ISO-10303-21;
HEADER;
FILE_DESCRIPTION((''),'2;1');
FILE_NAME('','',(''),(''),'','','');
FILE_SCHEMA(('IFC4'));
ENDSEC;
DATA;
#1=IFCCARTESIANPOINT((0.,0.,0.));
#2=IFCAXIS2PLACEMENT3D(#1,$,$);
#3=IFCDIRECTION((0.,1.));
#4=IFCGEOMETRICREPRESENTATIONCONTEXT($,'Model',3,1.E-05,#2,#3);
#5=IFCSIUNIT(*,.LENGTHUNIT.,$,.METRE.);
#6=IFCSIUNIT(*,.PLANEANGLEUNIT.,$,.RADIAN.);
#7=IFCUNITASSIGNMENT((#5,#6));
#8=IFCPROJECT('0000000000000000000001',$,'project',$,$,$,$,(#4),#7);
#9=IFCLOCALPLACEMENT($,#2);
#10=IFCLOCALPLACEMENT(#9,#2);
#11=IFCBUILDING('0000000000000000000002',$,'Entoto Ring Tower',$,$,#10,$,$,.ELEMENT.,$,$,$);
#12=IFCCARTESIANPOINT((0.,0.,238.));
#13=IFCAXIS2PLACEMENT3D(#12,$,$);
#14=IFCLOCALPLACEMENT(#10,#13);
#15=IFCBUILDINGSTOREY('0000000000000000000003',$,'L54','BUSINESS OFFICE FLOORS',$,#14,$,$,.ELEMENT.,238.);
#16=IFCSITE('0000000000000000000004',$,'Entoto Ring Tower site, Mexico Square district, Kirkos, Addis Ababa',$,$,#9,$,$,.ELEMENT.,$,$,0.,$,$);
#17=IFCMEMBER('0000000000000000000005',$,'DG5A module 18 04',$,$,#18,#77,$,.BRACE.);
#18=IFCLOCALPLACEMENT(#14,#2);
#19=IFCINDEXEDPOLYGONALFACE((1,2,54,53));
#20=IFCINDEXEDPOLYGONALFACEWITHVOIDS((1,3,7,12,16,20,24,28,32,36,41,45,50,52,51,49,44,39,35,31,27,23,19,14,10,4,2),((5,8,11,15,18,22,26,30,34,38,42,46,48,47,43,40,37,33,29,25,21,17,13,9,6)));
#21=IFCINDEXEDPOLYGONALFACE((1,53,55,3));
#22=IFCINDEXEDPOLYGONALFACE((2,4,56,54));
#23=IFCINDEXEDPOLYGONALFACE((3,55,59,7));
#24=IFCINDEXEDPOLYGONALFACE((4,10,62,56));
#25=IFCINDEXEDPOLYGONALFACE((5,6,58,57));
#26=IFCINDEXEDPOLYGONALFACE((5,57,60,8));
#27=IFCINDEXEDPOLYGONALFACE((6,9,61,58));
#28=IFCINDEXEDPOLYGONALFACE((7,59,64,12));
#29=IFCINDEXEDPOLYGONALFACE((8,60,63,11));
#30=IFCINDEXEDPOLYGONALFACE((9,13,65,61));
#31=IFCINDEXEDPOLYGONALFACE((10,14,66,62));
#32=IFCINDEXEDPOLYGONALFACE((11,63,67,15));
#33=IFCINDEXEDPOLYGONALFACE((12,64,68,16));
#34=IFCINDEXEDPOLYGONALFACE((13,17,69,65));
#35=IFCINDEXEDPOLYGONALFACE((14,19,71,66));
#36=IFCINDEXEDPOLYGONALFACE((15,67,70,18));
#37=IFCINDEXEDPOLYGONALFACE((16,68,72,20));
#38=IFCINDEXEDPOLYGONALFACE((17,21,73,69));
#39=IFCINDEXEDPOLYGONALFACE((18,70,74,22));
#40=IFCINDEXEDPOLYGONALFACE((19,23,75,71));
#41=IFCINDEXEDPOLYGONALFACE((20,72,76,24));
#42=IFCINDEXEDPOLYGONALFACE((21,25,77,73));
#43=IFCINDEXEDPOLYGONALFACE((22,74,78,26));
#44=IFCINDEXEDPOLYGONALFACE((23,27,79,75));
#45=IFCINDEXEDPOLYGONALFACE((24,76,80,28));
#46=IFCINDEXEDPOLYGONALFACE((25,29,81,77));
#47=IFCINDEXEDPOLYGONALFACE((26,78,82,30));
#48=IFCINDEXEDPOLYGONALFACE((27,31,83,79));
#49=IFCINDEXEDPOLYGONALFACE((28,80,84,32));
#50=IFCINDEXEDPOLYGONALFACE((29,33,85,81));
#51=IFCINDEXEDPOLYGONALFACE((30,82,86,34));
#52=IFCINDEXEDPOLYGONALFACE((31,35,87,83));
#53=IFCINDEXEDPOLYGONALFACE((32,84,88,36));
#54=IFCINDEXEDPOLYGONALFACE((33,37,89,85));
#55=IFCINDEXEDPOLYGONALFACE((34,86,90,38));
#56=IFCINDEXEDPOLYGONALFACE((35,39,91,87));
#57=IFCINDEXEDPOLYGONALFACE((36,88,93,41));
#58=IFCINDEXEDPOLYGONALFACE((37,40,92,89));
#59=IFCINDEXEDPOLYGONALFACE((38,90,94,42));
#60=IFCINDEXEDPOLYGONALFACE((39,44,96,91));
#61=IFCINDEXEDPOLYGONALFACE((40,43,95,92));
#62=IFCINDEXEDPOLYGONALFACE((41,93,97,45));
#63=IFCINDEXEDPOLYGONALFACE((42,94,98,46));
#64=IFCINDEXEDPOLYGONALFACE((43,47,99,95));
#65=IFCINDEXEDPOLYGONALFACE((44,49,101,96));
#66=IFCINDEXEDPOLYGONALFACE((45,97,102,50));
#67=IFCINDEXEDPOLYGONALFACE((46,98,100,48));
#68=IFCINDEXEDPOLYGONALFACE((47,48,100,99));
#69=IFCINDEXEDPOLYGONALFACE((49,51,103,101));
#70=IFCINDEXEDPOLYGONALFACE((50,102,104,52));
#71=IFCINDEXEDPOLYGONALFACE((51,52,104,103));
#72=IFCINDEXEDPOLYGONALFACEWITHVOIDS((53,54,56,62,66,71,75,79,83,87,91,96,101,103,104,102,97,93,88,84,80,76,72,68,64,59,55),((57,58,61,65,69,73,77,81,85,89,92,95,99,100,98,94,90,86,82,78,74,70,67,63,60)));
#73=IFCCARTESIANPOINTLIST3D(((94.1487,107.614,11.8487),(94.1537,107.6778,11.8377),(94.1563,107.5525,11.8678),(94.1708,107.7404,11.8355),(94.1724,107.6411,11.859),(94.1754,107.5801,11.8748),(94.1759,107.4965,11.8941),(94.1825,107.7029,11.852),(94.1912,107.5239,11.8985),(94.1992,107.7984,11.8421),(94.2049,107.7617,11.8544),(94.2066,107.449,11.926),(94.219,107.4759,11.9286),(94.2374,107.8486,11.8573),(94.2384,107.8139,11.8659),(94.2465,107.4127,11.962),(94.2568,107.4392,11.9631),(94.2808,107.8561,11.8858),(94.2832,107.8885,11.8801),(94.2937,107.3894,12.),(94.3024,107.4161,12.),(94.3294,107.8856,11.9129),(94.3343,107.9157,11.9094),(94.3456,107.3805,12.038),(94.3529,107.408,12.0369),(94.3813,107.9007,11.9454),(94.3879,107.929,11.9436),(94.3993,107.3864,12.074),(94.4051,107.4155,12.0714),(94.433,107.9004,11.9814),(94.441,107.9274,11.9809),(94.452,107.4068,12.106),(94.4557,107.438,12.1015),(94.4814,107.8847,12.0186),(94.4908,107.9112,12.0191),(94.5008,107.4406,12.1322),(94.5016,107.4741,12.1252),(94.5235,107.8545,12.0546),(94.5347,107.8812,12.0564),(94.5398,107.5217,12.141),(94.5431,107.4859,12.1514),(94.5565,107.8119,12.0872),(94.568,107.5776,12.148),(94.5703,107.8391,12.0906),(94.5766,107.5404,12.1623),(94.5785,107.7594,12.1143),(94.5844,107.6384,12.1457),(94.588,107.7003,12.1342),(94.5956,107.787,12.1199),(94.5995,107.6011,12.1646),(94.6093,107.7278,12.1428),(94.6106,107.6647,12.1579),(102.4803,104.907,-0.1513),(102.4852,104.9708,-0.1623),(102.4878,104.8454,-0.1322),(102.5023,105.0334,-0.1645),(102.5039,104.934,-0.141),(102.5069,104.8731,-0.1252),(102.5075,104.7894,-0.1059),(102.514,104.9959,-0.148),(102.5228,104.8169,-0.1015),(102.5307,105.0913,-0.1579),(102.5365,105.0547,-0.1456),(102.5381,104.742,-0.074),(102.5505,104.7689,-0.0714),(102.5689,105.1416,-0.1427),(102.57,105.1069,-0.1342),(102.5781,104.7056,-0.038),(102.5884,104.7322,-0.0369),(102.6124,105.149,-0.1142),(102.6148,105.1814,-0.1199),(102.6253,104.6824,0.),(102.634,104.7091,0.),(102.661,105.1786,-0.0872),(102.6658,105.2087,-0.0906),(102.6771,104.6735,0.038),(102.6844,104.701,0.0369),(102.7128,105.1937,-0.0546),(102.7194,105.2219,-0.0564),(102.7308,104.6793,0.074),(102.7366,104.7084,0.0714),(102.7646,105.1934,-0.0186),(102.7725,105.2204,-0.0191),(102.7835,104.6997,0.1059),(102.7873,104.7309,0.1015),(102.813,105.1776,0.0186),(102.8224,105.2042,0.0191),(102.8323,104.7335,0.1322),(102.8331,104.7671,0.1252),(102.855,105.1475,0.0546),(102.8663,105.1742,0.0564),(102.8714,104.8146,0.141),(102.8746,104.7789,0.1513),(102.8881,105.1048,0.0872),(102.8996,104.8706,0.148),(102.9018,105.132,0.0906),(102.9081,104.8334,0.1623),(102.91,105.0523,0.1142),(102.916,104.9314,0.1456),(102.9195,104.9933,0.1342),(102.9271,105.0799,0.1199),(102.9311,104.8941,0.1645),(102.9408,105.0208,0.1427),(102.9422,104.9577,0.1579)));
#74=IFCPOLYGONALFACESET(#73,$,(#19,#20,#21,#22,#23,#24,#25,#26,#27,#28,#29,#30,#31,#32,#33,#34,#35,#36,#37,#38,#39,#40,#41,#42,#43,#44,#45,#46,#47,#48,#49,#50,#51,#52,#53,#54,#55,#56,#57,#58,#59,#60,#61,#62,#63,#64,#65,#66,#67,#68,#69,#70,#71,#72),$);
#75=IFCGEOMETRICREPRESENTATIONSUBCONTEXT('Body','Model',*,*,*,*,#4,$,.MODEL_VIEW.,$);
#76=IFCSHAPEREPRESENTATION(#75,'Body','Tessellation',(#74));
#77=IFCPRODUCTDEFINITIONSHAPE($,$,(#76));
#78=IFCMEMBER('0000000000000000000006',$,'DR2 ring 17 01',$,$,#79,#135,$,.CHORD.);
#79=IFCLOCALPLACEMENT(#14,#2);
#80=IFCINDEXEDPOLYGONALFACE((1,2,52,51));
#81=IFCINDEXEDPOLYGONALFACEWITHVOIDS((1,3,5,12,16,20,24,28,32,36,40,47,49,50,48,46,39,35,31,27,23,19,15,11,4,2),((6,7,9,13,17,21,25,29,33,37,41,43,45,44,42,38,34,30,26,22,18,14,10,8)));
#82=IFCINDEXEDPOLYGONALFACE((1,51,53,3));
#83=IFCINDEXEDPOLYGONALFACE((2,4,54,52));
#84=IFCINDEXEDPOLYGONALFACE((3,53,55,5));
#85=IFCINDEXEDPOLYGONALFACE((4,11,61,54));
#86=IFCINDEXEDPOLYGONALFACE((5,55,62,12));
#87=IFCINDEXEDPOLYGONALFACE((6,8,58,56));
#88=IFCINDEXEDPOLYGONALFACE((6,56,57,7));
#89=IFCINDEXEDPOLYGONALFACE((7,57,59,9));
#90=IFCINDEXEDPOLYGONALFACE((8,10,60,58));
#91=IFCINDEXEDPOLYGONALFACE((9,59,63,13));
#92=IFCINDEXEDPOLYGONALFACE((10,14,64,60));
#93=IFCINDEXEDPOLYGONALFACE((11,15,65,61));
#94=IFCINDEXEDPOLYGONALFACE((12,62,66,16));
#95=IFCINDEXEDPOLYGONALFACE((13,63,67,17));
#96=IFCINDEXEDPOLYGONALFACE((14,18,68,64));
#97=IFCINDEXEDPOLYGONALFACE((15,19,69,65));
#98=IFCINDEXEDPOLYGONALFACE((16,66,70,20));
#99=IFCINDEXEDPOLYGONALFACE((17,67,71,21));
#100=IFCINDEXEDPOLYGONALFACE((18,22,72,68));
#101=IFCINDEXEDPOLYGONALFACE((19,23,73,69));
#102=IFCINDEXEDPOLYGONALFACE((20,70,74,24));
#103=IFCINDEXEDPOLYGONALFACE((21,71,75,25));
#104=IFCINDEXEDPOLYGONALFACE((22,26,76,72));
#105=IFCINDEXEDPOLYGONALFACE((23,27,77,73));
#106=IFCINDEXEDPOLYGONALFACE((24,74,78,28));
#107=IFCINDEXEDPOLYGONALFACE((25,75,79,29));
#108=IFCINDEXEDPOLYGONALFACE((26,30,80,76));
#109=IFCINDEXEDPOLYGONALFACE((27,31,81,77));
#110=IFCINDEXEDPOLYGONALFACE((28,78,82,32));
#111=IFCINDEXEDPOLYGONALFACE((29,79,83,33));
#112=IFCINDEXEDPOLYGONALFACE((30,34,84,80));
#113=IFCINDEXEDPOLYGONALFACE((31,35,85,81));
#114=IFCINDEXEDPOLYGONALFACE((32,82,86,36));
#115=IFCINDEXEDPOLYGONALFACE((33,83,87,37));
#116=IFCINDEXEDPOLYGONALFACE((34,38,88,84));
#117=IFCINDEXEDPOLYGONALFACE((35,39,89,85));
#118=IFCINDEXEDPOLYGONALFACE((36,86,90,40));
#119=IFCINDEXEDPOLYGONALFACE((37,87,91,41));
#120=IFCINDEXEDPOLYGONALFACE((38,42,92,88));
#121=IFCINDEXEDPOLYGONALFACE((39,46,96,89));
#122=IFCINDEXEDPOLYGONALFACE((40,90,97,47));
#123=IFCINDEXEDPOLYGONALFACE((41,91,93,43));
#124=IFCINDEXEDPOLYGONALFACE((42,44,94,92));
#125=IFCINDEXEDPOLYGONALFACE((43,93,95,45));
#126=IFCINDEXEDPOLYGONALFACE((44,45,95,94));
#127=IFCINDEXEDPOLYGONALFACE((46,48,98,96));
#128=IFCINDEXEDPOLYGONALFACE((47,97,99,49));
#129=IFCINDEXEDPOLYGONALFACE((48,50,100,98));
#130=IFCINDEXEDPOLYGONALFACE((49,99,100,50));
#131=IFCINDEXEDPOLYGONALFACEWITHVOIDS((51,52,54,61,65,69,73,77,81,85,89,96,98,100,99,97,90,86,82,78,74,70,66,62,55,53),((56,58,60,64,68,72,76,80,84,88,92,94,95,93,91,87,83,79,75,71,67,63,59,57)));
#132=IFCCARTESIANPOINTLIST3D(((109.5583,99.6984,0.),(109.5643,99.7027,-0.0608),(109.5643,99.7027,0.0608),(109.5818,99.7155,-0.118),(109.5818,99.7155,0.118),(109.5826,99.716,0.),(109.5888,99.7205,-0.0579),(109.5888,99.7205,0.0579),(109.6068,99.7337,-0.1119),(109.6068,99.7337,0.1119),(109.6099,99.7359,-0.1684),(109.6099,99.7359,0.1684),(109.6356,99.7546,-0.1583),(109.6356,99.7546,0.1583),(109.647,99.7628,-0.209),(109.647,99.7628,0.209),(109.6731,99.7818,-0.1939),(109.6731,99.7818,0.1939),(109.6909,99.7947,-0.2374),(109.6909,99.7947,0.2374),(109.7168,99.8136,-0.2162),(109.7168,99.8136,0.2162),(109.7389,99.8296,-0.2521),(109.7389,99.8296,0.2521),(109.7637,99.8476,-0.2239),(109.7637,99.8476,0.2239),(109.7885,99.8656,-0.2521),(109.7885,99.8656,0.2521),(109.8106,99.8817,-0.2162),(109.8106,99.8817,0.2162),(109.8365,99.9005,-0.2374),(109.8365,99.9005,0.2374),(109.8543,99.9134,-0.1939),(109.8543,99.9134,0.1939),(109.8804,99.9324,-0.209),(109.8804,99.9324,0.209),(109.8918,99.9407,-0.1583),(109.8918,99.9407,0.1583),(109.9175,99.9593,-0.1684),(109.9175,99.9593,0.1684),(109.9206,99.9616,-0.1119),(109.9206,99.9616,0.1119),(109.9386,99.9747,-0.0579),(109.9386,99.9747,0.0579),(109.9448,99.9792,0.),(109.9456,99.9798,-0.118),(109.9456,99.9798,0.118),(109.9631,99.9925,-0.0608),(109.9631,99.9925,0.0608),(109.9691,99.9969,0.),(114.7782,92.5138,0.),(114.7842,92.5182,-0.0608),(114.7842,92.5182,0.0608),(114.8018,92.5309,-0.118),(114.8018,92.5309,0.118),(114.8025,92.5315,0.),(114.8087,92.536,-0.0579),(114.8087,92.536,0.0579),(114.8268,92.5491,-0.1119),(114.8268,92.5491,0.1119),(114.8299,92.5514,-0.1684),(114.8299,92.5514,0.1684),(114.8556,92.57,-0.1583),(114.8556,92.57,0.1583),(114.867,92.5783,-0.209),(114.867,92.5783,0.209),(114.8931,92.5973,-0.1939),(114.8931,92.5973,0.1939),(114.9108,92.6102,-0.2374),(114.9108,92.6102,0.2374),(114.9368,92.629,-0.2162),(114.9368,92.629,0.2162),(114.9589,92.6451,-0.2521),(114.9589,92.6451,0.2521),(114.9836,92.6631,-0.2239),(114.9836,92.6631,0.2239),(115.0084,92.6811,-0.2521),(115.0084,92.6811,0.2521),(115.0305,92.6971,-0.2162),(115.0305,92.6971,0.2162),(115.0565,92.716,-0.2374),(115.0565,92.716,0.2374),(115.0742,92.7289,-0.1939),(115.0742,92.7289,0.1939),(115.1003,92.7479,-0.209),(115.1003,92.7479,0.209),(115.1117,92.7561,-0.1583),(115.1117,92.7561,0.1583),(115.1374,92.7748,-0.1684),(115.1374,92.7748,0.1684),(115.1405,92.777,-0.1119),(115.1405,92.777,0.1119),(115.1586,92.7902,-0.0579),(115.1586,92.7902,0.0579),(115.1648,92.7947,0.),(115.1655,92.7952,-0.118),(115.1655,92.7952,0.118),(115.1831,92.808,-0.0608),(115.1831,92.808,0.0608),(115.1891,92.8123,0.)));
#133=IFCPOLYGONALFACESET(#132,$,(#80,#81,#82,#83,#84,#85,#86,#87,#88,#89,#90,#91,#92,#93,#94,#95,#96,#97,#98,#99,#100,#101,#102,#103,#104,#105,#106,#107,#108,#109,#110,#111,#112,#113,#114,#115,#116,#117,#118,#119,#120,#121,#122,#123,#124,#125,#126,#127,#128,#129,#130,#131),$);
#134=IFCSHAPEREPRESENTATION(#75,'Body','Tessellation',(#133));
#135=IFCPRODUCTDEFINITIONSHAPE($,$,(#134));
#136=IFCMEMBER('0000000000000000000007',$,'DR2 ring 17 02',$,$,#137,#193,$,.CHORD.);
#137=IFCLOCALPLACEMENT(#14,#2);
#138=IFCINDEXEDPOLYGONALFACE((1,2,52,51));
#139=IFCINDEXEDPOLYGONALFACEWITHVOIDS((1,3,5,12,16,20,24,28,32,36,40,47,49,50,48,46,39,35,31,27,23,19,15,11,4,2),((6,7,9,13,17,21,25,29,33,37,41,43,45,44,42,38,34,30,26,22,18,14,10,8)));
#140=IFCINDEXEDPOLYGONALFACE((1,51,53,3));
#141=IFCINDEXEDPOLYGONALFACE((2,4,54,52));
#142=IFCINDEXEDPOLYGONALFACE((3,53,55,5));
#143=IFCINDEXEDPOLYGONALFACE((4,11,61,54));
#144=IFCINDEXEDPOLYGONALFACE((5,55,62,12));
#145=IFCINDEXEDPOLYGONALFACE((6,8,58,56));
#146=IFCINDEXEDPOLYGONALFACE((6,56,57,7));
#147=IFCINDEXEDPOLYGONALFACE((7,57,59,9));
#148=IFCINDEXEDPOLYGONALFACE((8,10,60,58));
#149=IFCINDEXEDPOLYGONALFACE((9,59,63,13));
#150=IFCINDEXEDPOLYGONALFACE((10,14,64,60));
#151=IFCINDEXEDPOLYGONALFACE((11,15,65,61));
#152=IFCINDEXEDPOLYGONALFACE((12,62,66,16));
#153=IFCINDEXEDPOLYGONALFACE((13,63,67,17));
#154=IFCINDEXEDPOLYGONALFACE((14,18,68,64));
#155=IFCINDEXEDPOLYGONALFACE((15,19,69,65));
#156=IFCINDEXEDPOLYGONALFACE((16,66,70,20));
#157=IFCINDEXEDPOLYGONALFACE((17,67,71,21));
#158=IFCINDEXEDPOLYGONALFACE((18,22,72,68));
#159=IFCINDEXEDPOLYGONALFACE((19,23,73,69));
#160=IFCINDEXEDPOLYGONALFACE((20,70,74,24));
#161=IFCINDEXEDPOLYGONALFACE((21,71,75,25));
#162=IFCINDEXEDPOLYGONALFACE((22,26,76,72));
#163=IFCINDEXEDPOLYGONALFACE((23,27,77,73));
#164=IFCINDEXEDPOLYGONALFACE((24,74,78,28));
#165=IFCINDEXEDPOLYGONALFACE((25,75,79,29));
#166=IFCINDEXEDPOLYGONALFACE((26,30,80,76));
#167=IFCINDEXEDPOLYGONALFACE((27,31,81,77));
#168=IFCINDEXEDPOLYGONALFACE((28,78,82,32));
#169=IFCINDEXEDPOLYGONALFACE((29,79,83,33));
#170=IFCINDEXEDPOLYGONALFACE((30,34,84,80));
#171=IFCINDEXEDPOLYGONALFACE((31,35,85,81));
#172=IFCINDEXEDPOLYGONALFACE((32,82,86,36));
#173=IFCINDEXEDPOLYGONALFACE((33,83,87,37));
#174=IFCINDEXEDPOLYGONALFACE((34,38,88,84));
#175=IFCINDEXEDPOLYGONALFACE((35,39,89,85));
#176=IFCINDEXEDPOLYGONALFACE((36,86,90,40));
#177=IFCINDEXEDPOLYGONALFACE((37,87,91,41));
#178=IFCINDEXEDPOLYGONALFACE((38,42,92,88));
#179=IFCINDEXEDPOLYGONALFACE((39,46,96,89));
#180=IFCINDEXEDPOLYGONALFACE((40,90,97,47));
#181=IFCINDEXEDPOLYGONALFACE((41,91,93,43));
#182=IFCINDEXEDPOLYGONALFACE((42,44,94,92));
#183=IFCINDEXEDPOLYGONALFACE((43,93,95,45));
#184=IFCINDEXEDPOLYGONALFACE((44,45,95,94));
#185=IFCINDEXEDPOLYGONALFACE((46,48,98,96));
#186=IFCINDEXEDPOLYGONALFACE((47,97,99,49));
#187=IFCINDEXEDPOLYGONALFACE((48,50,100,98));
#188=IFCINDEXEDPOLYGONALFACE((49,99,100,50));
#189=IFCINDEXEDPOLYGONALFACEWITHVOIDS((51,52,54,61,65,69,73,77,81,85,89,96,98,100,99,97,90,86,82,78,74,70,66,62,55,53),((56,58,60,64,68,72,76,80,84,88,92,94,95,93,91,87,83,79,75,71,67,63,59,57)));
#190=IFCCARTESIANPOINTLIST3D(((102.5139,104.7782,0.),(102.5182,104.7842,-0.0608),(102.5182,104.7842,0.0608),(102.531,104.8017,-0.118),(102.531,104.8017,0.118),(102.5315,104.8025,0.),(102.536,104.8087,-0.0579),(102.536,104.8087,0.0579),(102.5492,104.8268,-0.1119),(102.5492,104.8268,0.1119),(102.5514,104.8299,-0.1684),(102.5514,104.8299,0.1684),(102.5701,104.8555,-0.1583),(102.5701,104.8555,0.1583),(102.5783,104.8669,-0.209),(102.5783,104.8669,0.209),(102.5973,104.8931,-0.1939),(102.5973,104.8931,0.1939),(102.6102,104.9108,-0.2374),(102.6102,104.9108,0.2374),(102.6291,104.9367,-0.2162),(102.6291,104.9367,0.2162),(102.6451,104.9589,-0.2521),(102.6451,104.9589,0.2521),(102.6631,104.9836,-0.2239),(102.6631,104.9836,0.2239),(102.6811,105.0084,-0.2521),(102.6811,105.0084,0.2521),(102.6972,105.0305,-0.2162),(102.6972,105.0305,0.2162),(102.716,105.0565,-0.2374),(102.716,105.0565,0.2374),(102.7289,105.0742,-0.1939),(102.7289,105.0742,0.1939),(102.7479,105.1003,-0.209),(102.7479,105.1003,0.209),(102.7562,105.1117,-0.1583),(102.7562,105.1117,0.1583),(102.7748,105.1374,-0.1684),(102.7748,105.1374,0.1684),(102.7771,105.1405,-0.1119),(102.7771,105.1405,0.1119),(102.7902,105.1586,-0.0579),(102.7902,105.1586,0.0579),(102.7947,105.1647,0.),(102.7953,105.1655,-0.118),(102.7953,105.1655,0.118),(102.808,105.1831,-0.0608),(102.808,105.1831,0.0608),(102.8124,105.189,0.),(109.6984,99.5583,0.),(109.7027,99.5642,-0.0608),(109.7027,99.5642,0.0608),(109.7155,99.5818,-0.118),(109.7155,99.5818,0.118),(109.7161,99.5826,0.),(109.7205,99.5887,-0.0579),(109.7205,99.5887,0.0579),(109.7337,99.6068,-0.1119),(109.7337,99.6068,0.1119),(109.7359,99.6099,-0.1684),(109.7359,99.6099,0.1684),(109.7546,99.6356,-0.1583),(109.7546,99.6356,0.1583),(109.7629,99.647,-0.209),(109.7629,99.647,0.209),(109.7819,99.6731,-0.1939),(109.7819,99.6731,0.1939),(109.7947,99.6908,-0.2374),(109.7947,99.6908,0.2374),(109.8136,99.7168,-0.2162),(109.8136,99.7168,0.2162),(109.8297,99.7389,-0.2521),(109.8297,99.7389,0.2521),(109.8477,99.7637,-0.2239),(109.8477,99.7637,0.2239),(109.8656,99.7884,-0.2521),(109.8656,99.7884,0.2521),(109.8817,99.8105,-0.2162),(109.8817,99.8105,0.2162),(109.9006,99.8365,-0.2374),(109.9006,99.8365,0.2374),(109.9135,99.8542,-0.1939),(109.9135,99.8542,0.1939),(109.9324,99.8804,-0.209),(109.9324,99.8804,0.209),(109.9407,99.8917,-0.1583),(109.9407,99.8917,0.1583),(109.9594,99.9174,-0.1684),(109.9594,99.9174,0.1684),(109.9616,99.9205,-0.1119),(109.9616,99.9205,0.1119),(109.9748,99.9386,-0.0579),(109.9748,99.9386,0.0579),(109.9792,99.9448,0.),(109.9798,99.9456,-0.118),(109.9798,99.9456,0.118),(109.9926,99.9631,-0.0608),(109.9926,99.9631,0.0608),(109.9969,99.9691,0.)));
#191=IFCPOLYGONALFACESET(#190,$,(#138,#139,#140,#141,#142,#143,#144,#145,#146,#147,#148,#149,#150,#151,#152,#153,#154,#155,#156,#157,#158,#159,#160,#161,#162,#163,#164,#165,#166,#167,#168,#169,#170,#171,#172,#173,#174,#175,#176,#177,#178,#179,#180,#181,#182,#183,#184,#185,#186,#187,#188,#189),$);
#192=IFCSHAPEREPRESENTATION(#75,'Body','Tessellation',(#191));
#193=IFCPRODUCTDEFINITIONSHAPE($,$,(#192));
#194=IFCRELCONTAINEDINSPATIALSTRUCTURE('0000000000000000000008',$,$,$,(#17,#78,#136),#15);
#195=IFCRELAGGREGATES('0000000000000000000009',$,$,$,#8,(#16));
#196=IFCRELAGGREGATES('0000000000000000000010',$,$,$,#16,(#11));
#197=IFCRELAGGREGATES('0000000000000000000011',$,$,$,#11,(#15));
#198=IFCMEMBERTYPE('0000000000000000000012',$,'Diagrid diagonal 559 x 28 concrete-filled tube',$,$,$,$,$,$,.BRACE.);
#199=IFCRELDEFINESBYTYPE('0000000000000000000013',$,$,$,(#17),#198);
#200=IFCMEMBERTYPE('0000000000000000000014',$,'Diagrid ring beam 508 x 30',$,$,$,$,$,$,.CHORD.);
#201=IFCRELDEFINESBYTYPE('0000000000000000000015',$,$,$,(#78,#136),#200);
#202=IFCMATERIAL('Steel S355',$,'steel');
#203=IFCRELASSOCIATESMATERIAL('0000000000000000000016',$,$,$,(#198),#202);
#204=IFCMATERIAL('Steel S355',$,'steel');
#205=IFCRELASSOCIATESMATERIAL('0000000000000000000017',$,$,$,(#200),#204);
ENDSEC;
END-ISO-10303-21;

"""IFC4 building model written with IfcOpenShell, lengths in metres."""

from ifc_helpers import new_model, si_unit, direction, frame, origin, origin_2d, place, context, subcontext, project, spatial, circle, hollow_circle, extrude, material, material_profile, profile_set, type_object, element, save


model = new_model("IFC4")

# Units and contexts
model_context = context("Model", 3, precision=1e-05, world=origin(), true_north=direction((0.0, 1.0)))
body_context = subcontext(model_context, "Body", "Model", "MODEL_VIEW")
ifc_project = project(units=[si_unit("LENGTHUNIT", "METRE"), si_unit("PLANEANGLEUNIT", "RADIAN")], contexts=[model_context])

# Site, building, storey
site_placement = place(None, origin())
site = spatial("IfcSite", under=ifc_project, at=site_placement, Name="Entoto Ring Tower site, Mexico Square district, Kirkos, Addis Ababa", CompositionType="ELEMENT", RefElevation=0.0)
building_placement = place(site_placement, origin())
building = spatial("IfcBuilding", under=site, at=building_placement, Name="Entoto Ring Tower", CompositionType="ELEMENT")
storey_placement = place(building_placement, frame((0.0, 0.0, 238.0)))
storey = spatial("IfcBuildingStorey", under=building, at=storey_placement, Name="L54", Description="BUSINESS OFFICE FLOORS", CompositionType="ELEMENT", Elevation=238.0)

# Members
ifc_material_1 = material(Name="Steel S355", Category="steel")
ifc_material_profile_1 = material_profile(ifc_material_1, hollow_circle(Radius=0.2795, WallThickness=0.0281, at=origin_2d()), Name="CHS 559 x 28")
ifc_material_2 = material(Name="Concrete C60/75", Category="concrete")
ifc_material_profile_2 = material_profile(ifc_material_2, circle(Radius=0.2515, at=origin_2d()), Name="Concrete C60/75 infill")
ifc_profile_set_1 = profile_set([ifc_material_profile_1, ifc_material_profile_2], Name="Steel S355")
member_type_1 = type_object("IfcMemberType", Name="Diagrid diagonal 559 x 28 concrete-filled tube", PredefinedType="BRACE", material=ifc_profile_set_1)
for number, where, z_axis, x_axis, name in (
    (1, (102.7117, 104.9482, 0.0), (-0.560767, 0.182201, 0.807678), (-0.309012, -0.951058, 0.0), "DG5A module 18 04"),
):
    element("IfcMember", number, at=place(storey_placement, frame(where, z_axis=z_axis, x_axis=x_axis)), inside=storey, type_object=member_type_1, Name=name, PredefinedType="BRACE", context=body_context, shape_type="SweptSolid", body=[
        extrude(hollow_circle(Radius=0.2795, WallThickness=0.0281, at=origin_2d()), origin(), (0.0, 0.0, 1.0), 14.8574),
    ])
ifc_material_3 = material(Name="Steel S355", Category="steel")
ifc_material_profile_3 = material_profile(ifc_material_3, hollow_circle(Radius=0.2539, WallThickness=0.03, at=origin_2d()), Name="CHS 508 x 30")
ifc_material_4 = material(Name="Concrete C60/75", Category="concrete")
ifc_material_profile_4 = material_profile(ifc_material_4, circle(Radius=0.2241, at=origin_2d()), Name="Concrete C60/75 infill")
ifc_profile_set_2 = profile_set([ifc_material_profile_3, ifc_material_profile_4], Name="Steel S355")
member_type_2 = type_object("IfcMemberType", Name="Diagrid ring beam 508 x 30", PredefinedType="CHORD", material=ifc_profile_set_2)
for number, where, z_axis, x_axis, name in (
    (2, (114.9836, 92.6631, 0.0), (-0.587791, 0.809013, 0.0), (-0.809013, -0.587791, 0.0), "DR2 ring 17 01"),
    (3, (109.8477, 99.7637, 0.0), (-0.809013, 0.587791, 0.0), (-0.587791, -0.809013, 0.0), "DR2 ring 17 02"),
):
    element("IfcMember", number, at=place(storey_placement, frame(where, z_axis=z_axis, x_axis=x_axis)), inside=storey, type_object=member_type_2, Name=name, PredefinedType="CHORD", context=body_context, shape_type="SweptSolid", body=[
        extrude(hollow_circle(Radius=0.2539, WallThickness=0.03, at=origin_2d()), origin(), (0.0, 0.0, 1.0), 8.8806),
    ])

save(model, "model.ifc")
